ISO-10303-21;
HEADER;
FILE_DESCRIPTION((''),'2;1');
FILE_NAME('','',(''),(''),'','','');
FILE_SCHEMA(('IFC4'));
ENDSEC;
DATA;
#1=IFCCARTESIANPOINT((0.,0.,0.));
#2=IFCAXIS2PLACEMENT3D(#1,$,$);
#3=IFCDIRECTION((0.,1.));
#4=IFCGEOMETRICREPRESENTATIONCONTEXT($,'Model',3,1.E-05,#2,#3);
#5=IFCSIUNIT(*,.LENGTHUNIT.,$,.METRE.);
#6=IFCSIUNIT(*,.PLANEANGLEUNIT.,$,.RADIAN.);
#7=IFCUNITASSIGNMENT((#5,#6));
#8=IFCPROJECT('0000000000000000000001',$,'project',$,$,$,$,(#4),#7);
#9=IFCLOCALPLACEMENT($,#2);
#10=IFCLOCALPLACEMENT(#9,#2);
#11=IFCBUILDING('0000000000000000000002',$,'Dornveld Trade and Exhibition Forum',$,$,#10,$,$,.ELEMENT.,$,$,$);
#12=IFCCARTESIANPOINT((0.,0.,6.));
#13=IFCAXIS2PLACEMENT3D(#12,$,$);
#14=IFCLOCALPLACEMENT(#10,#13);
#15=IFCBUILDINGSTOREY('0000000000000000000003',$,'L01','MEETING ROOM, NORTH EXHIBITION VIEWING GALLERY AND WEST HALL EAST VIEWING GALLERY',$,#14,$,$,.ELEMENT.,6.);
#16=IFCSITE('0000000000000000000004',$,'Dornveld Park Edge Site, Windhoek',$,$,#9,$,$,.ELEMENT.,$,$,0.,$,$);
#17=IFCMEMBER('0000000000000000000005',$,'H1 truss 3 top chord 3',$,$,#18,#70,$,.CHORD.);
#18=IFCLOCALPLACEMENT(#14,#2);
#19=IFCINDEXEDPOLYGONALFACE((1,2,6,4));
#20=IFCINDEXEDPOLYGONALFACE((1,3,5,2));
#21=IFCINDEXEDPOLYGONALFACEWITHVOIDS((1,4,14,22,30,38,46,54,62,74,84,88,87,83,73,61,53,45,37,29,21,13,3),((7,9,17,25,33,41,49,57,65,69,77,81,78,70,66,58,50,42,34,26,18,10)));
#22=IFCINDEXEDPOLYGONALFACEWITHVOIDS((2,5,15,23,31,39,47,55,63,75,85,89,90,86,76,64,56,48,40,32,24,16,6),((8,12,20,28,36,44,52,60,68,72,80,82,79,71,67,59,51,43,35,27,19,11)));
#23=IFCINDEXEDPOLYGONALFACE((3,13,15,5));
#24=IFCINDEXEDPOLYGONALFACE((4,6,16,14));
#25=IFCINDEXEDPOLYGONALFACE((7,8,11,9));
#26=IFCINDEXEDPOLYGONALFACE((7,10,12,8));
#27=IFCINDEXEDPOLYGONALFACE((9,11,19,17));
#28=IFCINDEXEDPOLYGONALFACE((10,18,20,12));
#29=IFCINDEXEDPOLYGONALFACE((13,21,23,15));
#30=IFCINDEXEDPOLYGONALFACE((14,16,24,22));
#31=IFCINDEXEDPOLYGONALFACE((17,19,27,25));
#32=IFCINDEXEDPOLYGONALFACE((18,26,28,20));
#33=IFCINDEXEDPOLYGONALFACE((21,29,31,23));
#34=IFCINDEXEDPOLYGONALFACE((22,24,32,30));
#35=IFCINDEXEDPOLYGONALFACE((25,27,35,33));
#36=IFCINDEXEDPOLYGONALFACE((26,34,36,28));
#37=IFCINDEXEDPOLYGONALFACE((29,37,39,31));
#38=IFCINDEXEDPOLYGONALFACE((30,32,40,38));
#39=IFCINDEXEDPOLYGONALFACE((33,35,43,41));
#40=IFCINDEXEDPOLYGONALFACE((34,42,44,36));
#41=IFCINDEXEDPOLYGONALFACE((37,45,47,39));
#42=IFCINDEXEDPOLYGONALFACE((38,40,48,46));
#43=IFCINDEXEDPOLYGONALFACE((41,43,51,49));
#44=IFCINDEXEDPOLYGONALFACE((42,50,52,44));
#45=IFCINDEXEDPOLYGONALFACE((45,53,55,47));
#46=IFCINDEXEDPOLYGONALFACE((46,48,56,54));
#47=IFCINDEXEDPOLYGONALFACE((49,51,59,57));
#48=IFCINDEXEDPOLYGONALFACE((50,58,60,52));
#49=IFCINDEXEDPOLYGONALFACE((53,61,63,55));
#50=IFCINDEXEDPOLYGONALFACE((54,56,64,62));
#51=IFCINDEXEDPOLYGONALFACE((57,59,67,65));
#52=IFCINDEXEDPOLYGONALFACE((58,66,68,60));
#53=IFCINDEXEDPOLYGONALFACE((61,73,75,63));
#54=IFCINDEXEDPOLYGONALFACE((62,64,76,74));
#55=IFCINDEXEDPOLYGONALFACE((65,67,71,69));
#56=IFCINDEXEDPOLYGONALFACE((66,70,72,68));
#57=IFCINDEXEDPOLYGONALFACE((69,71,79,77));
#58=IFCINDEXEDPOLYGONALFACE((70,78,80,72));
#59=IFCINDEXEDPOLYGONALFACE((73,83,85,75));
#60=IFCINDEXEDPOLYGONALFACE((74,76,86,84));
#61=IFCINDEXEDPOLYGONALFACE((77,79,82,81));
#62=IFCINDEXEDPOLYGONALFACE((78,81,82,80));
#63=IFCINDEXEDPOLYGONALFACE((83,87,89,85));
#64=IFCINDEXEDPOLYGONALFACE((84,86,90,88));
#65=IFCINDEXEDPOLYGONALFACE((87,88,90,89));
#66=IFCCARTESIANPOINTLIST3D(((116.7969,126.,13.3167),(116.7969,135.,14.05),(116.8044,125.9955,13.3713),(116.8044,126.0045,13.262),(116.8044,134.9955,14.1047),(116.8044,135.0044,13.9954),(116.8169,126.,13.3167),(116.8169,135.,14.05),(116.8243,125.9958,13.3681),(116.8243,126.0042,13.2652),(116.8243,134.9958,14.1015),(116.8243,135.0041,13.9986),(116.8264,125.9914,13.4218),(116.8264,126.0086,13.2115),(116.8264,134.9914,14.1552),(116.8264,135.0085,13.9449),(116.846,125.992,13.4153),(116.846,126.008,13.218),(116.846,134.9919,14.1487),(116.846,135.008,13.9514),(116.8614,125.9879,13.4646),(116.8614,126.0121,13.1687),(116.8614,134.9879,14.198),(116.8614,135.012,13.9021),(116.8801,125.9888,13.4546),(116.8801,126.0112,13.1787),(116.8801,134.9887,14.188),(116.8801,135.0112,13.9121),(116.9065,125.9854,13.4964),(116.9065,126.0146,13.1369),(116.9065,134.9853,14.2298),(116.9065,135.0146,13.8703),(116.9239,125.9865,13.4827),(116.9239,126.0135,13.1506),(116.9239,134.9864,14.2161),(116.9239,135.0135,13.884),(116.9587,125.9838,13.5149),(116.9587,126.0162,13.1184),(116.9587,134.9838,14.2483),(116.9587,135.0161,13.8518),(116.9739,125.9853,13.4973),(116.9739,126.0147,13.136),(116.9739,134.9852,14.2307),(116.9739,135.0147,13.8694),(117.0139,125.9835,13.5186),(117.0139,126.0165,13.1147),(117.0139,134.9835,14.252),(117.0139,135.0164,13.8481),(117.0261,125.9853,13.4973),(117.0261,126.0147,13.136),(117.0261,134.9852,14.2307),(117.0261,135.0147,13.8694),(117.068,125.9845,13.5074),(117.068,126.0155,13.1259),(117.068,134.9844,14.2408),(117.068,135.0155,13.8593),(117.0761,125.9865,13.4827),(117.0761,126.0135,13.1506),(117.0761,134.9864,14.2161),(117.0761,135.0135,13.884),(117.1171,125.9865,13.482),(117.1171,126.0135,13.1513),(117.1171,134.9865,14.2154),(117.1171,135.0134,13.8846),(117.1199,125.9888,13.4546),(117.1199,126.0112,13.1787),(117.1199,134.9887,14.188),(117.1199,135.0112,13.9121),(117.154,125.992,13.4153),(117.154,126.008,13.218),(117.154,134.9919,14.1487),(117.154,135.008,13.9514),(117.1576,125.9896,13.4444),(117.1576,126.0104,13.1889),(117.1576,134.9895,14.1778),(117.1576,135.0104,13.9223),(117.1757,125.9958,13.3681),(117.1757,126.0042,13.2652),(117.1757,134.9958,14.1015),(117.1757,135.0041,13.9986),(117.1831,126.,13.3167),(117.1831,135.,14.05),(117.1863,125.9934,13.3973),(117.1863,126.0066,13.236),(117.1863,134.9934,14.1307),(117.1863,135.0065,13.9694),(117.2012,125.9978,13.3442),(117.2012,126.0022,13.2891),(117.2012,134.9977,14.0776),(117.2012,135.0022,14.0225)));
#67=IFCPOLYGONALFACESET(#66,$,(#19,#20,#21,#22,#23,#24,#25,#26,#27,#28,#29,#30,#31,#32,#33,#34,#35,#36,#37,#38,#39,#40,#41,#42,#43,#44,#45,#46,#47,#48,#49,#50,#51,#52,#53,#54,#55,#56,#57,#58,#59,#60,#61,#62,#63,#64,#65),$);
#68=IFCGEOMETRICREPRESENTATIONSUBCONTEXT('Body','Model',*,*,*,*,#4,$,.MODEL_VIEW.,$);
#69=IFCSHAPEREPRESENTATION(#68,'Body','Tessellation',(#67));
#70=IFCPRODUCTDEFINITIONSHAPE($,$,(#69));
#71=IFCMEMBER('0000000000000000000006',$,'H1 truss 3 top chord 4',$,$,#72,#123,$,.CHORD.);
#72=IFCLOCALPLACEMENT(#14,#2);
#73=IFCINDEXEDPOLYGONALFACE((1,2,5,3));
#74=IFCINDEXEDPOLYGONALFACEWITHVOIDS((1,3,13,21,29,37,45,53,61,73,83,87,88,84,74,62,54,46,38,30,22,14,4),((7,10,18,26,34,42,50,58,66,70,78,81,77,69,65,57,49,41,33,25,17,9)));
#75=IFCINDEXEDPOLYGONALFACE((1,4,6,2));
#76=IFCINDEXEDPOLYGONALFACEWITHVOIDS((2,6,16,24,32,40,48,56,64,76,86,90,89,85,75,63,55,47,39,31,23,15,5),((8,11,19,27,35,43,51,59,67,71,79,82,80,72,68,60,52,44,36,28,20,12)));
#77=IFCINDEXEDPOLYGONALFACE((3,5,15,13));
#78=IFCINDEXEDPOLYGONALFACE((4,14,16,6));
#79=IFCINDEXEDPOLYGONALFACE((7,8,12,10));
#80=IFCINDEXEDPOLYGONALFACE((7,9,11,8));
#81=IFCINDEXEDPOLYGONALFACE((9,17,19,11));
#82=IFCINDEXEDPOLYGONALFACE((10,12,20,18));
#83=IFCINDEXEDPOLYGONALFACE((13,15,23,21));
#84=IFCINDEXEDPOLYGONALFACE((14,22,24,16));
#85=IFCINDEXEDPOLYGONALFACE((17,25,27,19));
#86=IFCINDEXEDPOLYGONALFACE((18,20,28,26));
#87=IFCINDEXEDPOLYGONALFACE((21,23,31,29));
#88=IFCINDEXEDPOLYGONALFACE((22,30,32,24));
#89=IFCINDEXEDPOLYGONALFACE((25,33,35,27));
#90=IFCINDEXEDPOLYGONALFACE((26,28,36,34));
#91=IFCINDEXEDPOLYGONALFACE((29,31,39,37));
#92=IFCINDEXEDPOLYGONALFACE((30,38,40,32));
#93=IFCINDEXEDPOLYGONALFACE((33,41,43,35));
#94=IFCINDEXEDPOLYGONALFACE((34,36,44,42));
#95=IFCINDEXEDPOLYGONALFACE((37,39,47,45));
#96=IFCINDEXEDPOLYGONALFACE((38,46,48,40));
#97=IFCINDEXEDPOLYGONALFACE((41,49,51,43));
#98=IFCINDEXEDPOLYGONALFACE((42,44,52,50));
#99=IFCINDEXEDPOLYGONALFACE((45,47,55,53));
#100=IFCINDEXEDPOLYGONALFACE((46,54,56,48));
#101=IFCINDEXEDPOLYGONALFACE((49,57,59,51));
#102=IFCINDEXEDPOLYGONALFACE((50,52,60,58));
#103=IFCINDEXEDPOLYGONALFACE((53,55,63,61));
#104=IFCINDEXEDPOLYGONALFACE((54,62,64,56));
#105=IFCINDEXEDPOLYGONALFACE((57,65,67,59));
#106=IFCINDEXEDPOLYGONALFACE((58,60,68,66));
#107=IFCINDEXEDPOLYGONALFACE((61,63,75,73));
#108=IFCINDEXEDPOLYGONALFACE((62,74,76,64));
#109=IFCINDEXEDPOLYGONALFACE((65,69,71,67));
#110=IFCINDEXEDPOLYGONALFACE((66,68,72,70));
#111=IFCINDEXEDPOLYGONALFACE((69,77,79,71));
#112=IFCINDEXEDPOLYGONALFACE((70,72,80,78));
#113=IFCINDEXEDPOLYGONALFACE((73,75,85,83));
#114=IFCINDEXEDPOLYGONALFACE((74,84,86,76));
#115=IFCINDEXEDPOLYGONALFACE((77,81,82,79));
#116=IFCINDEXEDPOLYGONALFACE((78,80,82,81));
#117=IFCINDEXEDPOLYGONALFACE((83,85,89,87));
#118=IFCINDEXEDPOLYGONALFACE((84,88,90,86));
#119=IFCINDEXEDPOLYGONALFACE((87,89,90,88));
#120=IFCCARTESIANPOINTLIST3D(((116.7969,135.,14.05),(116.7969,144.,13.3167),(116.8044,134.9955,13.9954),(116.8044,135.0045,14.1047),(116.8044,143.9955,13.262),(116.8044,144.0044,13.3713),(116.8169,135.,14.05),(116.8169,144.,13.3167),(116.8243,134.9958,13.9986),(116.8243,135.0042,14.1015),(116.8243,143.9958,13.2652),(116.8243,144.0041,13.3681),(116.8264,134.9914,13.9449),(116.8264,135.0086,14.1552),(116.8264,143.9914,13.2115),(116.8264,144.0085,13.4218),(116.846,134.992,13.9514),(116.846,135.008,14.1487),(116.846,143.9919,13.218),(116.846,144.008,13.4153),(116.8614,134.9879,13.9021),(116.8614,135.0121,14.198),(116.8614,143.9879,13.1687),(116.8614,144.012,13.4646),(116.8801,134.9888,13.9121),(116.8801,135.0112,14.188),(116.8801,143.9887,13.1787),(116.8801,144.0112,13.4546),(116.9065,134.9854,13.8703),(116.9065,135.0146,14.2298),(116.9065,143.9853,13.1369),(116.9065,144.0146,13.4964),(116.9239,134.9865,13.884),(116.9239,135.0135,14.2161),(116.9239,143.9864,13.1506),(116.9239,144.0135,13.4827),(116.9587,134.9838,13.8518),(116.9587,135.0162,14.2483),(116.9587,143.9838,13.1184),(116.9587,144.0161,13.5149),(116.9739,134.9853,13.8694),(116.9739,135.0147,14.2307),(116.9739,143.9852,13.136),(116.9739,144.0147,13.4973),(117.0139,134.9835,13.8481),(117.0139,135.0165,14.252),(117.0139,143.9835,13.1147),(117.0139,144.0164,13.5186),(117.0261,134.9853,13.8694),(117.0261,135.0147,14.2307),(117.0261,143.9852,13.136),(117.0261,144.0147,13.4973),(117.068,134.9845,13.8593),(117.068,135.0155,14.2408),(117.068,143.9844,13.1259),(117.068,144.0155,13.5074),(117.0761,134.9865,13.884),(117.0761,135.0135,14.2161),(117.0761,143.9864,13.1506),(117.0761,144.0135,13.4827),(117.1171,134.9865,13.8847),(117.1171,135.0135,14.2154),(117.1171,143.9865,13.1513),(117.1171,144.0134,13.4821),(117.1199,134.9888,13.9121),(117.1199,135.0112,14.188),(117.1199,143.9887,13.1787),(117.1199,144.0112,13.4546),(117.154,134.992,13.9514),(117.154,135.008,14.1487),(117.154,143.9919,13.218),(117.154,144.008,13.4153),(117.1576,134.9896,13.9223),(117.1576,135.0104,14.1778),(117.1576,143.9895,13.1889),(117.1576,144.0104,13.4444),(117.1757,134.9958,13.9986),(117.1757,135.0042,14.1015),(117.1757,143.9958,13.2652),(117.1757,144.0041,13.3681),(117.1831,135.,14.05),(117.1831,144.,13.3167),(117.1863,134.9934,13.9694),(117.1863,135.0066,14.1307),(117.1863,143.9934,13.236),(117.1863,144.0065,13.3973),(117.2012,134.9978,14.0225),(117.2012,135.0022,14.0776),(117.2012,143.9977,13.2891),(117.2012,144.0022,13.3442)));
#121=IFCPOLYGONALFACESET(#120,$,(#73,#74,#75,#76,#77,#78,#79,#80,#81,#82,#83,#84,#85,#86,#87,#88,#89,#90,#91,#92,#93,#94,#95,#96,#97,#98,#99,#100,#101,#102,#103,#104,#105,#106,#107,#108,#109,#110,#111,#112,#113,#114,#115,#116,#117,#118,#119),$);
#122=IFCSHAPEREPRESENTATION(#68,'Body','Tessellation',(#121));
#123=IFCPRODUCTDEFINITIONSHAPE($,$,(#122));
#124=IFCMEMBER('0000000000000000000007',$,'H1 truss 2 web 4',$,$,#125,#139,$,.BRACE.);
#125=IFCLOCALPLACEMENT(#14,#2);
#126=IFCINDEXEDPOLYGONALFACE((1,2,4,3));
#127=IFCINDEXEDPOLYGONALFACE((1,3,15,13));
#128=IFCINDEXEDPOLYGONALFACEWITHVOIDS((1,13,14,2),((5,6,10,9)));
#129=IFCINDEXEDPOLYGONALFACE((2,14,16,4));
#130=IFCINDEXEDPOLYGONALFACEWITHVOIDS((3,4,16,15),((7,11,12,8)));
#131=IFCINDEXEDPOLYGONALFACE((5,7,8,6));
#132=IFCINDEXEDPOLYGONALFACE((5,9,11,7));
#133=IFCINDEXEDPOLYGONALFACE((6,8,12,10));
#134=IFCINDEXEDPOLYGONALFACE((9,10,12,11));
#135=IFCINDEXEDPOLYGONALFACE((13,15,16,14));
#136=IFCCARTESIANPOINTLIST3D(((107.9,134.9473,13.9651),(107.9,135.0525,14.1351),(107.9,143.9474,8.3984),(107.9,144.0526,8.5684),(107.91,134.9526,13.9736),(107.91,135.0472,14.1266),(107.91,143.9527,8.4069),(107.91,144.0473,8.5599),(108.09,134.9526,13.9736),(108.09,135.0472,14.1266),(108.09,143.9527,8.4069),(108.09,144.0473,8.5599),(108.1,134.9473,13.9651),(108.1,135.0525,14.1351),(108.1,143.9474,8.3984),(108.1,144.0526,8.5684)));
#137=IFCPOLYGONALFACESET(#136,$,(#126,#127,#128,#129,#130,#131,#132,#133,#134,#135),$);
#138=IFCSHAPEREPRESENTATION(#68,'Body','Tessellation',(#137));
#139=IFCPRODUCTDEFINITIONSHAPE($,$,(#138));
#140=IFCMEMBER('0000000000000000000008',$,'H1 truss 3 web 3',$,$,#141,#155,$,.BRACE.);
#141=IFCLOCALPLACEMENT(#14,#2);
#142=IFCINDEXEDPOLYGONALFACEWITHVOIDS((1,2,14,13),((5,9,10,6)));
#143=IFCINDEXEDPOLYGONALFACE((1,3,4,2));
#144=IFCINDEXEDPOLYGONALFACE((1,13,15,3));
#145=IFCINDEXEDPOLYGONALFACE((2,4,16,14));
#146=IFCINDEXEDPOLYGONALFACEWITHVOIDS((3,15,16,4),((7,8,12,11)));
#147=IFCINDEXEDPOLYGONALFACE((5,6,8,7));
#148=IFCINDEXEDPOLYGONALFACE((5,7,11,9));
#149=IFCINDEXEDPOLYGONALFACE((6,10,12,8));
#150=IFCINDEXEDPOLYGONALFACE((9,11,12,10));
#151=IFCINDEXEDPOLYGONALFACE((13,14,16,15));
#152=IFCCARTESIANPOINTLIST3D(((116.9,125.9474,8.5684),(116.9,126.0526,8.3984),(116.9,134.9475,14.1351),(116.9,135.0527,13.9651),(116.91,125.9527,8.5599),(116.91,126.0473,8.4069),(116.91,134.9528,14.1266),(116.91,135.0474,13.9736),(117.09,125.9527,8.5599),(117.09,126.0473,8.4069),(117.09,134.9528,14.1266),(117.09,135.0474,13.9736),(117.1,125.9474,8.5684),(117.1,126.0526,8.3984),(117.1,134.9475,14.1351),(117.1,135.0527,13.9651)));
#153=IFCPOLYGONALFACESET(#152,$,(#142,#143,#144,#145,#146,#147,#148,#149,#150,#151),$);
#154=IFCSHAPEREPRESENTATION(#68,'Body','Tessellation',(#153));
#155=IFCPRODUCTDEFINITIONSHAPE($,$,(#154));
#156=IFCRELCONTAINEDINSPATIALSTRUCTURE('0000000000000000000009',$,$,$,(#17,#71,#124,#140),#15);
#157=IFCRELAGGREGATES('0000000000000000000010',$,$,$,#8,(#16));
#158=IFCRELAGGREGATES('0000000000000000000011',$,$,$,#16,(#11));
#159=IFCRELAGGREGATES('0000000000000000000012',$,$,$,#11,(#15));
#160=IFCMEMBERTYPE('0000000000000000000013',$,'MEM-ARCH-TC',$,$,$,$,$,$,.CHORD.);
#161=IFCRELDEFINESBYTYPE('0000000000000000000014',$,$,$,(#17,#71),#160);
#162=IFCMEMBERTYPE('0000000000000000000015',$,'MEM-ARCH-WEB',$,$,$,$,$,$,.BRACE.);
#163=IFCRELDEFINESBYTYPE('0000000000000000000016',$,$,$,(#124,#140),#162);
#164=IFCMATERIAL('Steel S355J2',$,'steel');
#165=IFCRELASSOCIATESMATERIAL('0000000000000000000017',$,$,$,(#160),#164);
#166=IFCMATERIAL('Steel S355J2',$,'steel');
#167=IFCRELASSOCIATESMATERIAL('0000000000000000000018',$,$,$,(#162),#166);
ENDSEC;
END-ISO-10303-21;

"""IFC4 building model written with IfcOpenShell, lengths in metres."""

from ifc_helpers import new_model, si_unit, direction, frame, origin, origin_2d, place, context, subcontext, project, spatial, hollow_rectangle, hollow_circle, extrude, material, material_profile, profile_set, type_object, element, save


model = new_model("IFC4")

# Units and contexts
model_context = context("Model", 3, precision=1e-05, world=origin(), true_north=direction((0.0, 1.0)))
body_context = subcontext(model_context, "Body", "Model", "MODEL_VIEW")
ifc_project = project(units=[si_unit("LENGTHUNIT", "METRE"), si_unit("PLANEANGLEUNIT", "RADIAN")], contexts=[model_context])

# Site, building, storey
site_placement = place(None, origin())
site = spatial("IfcSite", under=ifc_project, at=site_placement, Name="Dornveld Park Edge Site, Windhoek", CompositionType="ELEMENT", RefElevation=0.0)
building_placement = place(site_placement, origin())
building = spatial("IfcBuilding", under=site, at=building_placement, Name="Dornveld Trade and Exhibition Forum", CompositionType="ELEMENT")
storey_placement = place(building_placement, frame((0.0, 0.0, 6.0)))
storey = spatial("IfcBuildingStorey", under=building, at=storey_placement, Name="L01", Description="MEETING ROOM, NORTH EXHIBITION VIEWING GALLERY AND WEST HALL EAST VIEWING GALLERY", CompositionType="ELEMENT", Elevation=6.0)

# Members
ifc_material_1 = material(Name="Steel S355J2", Category="steel")
ifc_material_profile_1 = material_profile(ifc_material_1, hollow_circle(Radius=0.2031, WallThickness=0.02, at=origin_2d()), Name="CHS 406.4x20")
ifc_profile_set_1 = profile_set([ifc_material_profile_1], Name="Steel S355J2")
member_type_1 = type_object("IfcMemberType", Name="MEM-ARCH-TC", PredefinedType="CHORD", material=ifc_profile_set_1)
for number, where, z_axis, x_axis, name in (
    (1, (117.0, 126.0, 13.3167), (0.0, 0.996696, 0.081219), (-1.0, 0.0, 0.0), "H1 truss 3 top chord 3"),
    (2, (117.0, 135.0, 14.05), (0.0, 0.996696, -0.081219), (-1.0, 0.0, 0.0), "H1 truss 3 top chord 4"),
):
    element("IfcMember", number, at=place(storey_placement, frame(where, z_axis=z_axis, x_axis=x_axis)), inside=storey, type_object=member_type_1, Name=name, PredefinedType="CHORD", context=body_context, shape_type="SweptSolid", body=[
        extrude(hollow_circle(Radius=0.2031, WallThickness=0.02, at=origin_2d()), origin(), (0.0, 0.0, 1.0), 9.0298),
    ])
ifc_material_2 = material(Name="Steel S355J2", Category="steel")
ifc_material_profile_2 = material_profile(ifc_material_2, hollow_rectangle(XDim=0.2, YDim=0.2, WallThickness=0.01, at=origin_2d()), Name="SHS 200x200x10")
ifc_profile_set_2 = profile_set([ifc_material_profile_2], Name="Steel S355J2")
member_type_2 = type_object("IfcMemberType", Name="MEM-ARCH-WEB", PredefinedType="BRACE", material=ifc_profile_set_2)
for number, where, z_axis, x_axis, name in (
    (3, (108.0, 144.0, 8.4834), (0.0, -0.850467, 0.526028), (1.0, 0.0, 0.0), "H1 truss 2 web 4"),
    (4, (117.0, 126.0, 8.4834), (0.0, 0.850467, 0.526028), (-1.0, 0.0, 0.0), "H1 truss 3 web 3"),
):
    element("IfcMember", number, at=place(storey_placement, frame(where, z_axis=z_axis, x_axis=x_axis)), inside=storey, type_object=member_type_2, Name=name, PredefinedType="BRACE", context=body_context, shape_type="SweptSolid", body=[
        extrude(hollow_rectangle(XDim=0.2, YDim=0.2, WallThickness=0.01, at=origin_2d()), origin(), (0.0, 0.0, 1.0), 10.5825),
    ])

save(model, "model.ifc")
